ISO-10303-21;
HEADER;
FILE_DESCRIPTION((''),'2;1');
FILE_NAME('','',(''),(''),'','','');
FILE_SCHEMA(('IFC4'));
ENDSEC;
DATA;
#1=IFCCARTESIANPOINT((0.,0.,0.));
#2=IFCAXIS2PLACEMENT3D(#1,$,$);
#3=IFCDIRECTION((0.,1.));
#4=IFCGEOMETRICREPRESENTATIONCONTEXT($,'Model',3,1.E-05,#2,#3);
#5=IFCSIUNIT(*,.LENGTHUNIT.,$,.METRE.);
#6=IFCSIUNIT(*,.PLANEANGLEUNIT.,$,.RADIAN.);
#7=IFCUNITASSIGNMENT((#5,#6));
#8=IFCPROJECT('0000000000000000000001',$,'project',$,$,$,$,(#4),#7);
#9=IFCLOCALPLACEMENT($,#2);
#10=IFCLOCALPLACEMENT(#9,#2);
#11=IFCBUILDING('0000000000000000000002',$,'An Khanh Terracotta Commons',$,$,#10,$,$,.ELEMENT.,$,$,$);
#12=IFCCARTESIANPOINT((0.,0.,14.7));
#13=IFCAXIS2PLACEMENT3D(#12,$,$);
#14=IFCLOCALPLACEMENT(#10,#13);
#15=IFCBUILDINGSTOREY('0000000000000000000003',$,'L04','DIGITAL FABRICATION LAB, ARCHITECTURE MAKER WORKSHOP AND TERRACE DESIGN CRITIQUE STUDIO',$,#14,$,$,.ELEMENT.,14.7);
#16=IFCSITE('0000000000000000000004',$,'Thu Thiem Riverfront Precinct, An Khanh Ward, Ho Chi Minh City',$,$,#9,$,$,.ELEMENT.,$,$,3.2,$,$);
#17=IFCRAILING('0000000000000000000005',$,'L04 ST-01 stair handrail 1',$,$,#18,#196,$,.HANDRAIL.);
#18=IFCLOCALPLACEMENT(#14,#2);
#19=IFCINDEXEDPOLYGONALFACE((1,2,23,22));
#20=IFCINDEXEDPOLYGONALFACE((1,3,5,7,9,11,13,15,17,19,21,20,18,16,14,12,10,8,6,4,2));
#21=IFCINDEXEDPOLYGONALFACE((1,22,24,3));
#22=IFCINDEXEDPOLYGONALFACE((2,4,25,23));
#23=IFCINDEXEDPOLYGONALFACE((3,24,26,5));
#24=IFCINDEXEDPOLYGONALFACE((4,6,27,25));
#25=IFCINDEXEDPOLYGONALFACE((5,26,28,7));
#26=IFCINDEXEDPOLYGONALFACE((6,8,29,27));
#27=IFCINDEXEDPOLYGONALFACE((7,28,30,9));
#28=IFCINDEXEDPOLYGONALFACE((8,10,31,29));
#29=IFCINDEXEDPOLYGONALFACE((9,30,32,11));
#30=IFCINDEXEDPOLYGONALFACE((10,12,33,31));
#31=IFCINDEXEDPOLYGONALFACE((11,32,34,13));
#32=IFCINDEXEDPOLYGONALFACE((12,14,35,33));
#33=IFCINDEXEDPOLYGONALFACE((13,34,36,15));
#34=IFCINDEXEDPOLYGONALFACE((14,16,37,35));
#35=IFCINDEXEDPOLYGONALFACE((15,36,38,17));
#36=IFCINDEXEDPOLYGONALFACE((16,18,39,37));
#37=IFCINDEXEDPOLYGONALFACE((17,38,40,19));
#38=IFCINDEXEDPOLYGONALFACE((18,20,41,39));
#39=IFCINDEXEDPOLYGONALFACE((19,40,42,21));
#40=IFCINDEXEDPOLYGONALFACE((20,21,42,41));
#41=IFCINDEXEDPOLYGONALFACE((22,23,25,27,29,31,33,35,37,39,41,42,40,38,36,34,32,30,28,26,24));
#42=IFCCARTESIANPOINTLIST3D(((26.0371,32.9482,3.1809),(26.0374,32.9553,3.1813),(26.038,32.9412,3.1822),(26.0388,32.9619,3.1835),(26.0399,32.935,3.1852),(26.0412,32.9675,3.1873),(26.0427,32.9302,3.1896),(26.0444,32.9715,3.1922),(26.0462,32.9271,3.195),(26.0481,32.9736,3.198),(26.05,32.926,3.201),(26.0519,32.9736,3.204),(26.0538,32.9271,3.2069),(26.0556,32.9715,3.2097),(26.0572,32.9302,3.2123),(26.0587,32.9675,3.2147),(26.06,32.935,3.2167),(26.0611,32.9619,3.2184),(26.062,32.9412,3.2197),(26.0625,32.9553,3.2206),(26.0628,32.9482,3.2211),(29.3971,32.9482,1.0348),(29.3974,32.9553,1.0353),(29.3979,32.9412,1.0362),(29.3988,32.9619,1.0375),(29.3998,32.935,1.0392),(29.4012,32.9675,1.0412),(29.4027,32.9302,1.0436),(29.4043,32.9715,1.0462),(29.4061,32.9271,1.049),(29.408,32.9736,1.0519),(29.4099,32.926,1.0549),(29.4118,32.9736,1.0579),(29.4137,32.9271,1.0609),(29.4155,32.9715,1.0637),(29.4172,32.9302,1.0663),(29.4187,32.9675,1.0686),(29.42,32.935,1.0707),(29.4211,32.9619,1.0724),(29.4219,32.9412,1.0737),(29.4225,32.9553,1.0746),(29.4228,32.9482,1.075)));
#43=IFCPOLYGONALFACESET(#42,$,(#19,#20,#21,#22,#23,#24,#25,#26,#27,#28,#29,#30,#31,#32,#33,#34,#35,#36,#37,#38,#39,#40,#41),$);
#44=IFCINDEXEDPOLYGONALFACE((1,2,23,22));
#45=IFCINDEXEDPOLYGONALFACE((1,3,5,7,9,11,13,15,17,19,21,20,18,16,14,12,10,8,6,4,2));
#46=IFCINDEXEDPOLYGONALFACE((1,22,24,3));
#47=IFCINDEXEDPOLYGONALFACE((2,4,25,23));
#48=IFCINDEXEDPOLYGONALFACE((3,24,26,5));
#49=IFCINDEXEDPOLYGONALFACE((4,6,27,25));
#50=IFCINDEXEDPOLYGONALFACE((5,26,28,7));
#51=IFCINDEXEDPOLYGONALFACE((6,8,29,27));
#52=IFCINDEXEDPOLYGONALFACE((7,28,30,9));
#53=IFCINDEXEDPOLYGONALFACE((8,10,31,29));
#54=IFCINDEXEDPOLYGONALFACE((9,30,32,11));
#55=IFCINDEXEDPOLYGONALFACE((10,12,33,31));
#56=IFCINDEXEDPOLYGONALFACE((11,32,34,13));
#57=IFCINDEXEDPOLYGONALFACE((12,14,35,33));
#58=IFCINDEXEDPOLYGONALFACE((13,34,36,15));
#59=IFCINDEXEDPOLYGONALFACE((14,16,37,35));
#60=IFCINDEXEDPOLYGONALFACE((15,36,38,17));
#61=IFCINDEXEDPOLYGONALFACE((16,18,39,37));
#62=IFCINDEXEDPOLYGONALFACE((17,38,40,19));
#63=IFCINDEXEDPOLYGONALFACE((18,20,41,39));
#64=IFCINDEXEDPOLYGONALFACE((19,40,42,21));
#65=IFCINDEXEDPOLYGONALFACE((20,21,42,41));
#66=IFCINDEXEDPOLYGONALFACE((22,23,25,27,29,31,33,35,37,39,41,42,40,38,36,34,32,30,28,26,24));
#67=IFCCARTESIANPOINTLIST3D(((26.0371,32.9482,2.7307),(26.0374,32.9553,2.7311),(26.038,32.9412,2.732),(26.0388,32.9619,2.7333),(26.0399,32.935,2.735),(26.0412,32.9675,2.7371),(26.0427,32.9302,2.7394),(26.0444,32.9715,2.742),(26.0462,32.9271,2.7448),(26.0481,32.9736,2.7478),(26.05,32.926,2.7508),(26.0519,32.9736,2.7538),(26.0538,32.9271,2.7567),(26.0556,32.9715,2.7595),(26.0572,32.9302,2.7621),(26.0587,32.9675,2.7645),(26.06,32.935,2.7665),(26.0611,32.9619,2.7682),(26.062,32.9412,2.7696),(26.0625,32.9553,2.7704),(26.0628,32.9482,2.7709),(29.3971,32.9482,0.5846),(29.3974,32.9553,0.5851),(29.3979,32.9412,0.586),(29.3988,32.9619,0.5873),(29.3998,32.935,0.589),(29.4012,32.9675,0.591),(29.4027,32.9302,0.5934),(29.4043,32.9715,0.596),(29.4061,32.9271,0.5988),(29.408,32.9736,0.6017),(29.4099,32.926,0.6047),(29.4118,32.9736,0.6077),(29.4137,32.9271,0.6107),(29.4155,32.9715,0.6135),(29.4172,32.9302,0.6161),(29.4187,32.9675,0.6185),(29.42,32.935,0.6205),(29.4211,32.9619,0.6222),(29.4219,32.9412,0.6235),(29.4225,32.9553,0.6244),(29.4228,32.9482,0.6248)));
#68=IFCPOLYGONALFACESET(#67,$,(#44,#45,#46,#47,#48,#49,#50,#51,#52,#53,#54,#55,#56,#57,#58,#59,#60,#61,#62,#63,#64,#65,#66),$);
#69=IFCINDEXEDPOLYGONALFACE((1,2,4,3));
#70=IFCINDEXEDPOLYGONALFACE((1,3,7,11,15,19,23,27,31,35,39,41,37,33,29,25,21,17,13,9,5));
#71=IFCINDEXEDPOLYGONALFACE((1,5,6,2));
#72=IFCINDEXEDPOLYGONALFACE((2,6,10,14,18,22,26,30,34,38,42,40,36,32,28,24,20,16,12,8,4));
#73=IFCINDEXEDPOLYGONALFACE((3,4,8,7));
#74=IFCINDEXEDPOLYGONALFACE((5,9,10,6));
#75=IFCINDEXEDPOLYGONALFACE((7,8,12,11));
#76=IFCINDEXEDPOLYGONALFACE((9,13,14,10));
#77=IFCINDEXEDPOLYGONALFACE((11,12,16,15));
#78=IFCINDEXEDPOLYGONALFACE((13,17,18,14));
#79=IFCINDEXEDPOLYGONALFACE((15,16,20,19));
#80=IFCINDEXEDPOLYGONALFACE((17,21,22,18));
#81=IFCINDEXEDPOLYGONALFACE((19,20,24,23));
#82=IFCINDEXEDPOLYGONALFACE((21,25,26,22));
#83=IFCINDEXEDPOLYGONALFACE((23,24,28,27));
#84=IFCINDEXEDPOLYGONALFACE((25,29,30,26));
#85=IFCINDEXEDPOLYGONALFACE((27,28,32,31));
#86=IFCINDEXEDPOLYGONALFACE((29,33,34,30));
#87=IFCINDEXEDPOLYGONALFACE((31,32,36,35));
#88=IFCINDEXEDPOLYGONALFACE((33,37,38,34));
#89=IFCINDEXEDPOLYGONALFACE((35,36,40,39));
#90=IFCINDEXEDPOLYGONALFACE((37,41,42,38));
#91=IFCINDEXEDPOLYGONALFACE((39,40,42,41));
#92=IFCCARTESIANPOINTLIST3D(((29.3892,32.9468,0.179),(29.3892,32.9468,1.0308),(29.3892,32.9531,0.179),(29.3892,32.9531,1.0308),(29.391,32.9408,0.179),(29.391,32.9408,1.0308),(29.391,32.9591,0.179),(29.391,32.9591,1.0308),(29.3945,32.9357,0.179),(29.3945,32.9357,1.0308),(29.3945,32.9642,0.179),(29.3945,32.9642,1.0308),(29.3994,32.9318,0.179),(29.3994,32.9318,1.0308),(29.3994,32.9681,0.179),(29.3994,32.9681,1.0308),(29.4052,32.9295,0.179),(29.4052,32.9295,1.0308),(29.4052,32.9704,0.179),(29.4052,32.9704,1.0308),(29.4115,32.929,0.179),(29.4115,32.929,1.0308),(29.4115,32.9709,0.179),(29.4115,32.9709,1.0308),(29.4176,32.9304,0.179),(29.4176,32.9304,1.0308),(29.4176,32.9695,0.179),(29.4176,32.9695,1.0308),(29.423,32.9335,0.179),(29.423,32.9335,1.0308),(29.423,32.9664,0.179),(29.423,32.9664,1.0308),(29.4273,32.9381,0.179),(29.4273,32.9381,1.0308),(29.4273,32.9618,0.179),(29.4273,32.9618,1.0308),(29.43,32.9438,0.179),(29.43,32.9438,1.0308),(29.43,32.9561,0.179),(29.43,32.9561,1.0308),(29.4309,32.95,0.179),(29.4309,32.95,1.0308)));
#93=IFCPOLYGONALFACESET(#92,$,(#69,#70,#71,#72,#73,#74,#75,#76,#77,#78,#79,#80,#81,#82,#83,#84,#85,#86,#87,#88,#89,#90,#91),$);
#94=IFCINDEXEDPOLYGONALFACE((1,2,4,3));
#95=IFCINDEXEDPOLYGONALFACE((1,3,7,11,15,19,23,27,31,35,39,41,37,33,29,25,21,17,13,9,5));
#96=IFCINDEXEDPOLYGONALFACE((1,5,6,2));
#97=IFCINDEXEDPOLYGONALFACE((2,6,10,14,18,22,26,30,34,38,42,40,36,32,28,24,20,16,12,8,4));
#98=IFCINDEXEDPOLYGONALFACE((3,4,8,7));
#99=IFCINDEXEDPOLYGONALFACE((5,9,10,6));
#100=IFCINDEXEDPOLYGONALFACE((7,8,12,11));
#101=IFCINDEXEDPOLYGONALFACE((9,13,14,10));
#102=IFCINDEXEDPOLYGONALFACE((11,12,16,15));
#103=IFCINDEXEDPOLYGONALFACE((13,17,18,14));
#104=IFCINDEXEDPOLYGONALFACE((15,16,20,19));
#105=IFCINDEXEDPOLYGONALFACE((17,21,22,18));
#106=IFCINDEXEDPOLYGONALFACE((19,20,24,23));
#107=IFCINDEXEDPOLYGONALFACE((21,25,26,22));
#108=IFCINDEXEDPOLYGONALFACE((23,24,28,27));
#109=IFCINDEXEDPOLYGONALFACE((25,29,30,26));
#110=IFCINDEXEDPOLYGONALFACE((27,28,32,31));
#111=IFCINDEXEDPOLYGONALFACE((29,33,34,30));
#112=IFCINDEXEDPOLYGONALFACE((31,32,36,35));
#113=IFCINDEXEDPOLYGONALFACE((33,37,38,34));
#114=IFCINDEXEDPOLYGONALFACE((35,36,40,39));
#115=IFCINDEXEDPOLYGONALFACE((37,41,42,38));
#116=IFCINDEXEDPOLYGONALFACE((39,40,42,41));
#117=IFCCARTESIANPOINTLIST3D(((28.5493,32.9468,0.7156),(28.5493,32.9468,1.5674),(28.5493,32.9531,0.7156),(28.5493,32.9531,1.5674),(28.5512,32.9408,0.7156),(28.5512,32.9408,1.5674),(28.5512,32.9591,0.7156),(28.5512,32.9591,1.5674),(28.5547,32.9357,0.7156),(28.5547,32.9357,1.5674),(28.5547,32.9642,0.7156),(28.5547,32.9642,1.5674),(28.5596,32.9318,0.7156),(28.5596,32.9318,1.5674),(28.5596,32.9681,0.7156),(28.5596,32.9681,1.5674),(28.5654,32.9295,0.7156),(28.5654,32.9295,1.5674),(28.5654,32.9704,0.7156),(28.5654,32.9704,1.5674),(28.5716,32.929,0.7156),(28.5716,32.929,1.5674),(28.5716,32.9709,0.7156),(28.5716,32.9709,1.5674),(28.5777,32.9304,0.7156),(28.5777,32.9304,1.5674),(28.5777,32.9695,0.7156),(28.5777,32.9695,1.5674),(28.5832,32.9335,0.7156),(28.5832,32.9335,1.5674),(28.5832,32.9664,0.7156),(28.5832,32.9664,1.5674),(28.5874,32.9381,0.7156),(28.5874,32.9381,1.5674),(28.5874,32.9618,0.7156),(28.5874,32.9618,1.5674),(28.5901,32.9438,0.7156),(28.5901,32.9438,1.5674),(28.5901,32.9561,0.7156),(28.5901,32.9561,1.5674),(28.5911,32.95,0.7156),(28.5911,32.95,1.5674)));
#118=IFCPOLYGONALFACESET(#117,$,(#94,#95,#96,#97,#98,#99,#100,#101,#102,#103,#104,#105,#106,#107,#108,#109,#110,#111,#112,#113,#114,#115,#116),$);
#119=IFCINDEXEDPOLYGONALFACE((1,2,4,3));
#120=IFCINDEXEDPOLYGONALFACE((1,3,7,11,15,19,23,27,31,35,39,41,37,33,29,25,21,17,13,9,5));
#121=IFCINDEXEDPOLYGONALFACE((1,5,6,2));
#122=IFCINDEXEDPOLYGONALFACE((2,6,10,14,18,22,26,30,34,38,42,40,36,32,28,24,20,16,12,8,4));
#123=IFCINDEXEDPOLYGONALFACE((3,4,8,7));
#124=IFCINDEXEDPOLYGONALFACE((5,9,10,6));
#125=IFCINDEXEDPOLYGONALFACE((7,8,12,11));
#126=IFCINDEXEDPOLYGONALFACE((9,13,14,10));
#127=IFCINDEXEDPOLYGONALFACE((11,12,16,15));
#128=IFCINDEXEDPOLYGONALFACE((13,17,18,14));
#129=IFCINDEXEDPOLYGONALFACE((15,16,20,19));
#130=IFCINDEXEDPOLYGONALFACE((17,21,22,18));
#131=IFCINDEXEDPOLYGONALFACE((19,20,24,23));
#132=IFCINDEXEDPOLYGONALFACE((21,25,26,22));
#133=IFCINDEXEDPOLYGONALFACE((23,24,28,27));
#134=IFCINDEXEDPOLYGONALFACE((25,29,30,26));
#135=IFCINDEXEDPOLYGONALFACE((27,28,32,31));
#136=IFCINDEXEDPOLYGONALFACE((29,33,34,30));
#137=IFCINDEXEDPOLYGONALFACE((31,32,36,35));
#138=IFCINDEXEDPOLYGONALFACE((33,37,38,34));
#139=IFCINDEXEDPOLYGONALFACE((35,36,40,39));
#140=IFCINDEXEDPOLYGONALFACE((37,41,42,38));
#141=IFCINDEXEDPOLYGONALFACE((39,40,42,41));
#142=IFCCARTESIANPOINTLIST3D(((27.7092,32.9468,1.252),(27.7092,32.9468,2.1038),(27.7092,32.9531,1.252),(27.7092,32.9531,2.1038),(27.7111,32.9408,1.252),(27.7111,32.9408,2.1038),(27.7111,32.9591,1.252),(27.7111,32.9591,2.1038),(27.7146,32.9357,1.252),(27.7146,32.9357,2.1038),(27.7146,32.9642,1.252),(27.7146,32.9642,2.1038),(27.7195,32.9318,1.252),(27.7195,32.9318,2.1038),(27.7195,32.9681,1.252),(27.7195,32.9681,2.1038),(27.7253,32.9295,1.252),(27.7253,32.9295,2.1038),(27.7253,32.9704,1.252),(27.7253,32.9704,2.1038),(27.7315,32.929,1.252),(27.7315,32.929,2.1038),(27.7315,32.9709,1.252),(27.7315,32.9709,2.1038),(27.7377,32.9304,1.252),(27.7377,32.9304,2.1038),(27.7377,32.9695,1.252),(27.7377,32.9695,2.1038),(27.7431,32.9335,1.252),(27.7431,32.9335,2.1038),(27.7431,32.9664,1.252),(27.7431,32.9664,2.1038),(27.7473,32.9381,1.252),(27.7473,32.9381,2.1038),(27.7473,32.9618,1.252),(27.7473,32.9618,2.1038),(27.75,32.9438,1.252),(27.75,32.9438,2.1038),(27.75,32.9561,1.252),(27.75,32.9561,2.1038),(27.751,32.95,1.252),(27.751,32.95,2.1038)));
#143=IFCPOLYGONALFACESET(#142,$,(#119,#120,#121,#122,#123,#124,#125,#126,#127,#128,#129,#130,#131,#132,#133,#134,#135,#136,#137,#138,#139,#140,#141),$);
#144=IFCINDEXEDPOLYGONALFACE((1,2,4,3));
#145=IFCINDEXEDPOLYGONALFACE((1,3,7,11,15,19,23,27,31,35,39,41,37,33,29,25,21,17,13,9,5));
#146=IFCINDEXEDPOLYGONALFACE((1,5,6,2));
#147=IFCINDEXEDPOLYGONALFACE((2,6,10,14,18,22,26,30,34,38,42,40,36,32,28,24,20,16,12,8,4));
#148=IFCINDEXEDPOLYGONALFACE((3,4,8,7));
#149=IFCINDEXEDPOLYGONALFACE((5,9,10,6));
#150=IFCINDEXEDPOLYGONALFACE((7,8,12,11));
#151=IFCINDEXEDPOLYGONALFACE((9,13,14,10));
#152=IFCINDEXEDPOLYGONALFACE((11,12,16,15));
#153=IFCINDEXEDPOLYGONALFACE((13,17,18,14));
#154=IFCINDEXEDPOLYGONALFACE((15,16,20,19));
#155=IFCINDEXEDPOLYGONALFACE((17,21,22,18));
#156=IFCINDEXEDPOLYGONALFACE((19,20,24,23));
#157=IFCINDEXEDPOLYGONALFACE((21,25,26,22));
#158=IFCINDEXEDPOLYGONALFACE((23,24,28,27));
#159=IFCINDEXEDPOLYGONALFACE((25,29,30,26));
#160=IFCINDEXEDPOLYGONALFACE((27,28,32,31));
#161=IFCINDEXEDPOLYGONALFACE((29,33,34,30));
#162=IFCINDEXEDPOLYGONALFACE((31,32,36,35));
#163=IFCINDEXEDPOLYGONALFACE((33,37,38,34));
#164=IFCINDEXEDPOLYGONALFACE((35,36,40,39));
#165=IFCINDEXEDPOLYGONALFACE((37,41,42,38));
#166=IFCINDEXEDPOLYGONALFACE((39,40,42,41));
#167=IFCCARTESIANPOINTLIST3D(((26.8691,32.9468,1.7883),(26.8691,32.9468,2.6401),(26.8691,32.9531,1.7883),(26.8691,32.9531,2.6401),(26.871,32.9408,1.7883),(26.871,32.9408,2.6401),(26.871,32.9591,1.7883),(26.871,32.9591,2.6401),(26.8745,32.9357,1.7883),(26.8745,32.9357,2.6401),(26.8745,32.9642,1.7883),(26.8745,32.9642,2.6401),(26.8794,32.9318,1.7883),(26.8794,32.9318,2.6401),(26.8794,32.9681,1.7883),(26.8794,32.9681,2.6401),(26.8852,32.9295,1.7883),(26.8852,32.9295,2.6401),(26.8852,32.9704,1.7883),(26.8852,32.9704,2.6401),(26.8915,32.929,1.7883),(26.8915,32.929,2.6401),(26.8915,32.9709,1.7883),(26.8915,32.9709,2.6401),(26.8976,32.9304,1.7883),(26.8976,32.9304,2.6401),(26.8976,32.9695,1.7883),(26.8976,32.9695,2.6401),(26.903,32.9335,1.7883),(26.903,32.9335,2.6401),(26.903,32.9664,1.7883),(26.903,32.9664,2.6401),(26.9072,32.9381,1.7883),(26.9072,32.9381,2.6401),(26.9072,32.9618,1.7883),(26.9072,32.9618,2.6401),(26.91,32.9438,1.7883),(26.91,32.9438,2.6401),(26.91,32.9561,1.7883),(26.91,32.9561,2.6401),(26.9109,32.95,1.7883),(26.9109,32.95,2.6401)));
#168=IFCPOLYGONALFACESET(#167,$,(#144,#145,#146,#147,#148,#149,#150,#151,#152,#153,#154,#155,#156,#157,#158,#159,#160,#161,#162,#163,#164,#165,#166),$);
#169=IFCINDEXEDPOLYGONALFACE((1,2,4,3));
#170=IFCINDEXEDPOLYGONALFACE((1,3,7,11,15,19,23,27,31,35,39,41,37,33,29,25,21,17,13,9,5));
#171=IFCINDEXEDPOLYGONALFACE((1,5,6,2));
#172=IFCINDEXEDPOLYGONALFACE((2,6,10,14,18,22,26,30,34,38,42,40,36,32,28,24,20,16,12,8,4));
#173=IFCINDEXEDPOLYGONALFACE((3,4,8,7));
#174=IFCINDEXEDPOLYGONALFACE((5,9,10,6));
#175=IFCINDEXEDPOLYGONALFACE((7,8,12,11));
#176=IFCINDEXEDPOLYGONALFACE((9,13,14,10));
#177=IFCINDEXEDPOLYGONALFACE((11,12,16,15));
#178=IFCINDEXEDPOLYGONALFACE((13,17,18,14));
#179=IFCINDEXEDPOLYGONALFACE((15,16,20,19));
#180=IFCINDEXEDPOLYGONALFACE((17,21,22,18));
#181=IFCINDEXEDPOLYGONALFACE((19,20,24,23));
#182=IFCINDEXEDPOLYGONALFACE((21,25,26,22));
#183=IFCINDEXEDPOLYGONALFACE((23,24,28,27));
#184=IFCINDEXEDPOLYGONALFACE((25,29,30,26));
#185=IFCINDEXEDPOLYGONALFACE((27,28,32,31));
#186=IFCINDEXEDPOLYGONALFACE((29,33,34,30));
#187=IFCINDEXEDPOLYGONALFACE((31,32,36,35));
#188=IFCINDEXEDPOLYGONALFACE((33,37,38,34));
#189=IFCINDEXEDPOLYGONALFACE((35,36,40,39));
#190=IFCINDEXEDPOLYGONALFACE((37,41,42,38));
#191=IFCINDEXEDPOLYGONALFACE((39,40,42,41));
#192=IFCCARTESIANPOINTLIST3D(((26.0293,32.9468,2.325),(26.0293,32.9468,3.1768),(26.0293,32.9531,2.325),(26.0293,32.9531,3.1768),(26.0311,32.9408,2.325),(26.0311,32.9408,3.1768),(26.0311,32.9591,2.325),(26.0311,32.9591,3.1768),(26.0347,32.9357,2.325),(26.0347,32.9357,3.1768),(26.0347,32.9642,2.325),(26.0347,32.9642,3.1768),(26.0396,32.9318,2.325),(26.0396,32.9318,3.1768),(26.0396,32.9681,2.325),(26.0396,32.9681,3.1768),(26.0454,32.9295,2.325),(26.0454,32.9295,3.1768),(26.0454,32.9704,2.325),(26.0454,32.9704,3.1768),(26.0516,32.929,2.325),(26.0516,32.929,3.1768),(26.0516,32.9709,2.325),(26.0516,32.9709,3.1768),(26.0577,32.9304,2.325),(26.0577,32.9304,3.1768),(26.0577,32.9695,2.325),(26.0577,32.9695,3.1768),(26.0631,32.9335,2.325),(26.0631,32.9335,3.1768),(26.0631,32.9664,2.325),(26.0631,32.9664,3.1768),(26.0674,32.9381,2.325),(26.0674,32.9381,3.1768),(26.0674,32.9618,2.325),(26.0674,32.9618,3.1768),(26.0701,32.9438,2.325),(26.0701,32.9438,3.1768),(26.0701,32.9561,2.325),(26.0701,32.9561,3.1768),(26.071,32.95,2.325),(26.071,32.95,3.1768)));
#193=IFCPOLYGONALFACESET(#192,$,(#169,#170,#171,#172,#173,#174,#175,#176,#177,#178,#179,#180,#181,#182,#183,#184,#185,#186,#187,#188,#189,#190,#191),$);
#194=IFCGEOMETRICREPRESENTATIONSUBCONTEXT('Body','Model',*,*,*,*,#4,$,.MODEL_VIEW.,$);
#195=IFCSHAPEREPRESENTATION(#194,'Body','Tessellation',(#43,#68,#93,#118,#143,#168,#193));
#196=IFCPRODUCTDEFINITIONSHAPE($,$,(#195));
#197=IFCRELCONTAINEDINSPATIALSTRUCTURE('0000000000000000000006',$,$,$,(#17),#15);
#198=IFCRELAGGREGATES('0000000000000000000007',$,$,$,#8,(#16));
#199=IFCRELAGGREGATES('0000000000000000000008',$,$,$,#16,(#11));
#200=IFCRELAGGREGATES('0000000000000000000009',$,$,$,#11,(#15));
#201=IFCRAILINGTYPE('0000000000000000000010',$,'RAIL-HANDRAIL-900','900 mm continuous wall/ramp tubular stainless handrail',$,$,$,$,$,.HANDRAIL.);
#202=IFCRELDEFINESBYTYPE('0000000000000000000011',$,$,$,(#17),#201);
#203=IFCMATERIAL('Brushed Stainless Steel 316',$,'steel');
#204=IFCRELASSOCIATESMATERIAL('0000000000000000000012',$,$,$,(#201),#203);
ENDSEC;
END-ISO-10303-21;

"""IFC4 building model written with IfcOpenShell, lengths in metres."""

from ifc_helpers import new_model, si_unit, direction, frame, origin, origin_2d, place, context, subcontext, project, spatial, circle, extrude, material, type_object, element, save


model = new_model("IFC4")

# Units and contexts
model_context = context("Model", 3, precision=1e-05, world=origin(), true_north=direction((0.0, 1.0)))
body_context = subcontext(model_context, "Body", "Model", "MODEL_VIEW")
ifc_project = project(units=[si_unit("LENGTHUNIT", "METRE"), si_unit("PLANEANGLEUNIT", "RADIAN")], contexts=[model_context])

# Site, building, storey
site_placement = place(None, origin())
site = spatial("IfcSite", under=ifc_project, at=site_placement, Name="Thu Thiem Riverfront Precinct, An Khanh Ward, Ho Chi Minh City", CompositionType="ELEMENT", RefElevation=3.2)
building_placement = place(site_placement, origin())
building = spatial("IfcBuilding", under=site, at=building_placement, Name="An Khanh Terracotta Commons", CompositionType="ELEMENT")
storey_placement = place(building_placement, frame((0.0, 0.0, 14.7)))
storey = spatial("IfcBuildingStorey", under=building, at=storey_placement, Name="L04", Description="DIGITAL FABRICATION LAB, ARCHITECTURE MAKER WORKSHOP AND TERRACE DESIGN CRITIQUE STUDIO", CompositionType="ELEMENT", Elevation=14.7)

# Railing
ifc_material_1 = material(Name="Brushed Stainless Steel 316", Category="steel")
railing_type_1 = type_object("IfcRailingType", Name="RAIL-HANDRAIL-900", Description="900 mm continuous wall/ramp tubular stainless handrail", PredefinedType="HANDRAIL", material=ifc_material_1)
railing_1_placement = place(storey_placement, frame((29.4099, 32.95, 0.179)))
element("IfcRailing", 1, at=railing_1_placement, inside=storey, type_object=railing_type_1, Name="L04 ST-01 stair handrail 1", PredefinedType="HANDRAIL", context=body_context, shape_type="SweptSolid", body=[
    extrude(circle(Radius=0.0239, at=origin_2d()), frame((0.0, 0.0, 0.876), z_axis=(-0.842763, 0.0, 0.538285), x_axis=(0.0, -1.0, 0.0)), (0.0, 0.0, 1.0), 3.9868),
    extrude(circle(Radius=0.0239, at=origin_2d()), frame((0.0, 0.0, 0.4258), z_axis=(-0.842763, 0.0, 0.538285), x_axis=(0.0, -1.0, 0.0)), (0.0, 0.0, 1.0), 3.9868),
    extrude(circle(Radius=0.021, at=origin_2d()), origin(), (0.0, 0.0, 1.0), 0.8518),
    extrude(circle(Radius=0.021, at=origin_2d()), frame((-0.8398, 0.0, 0.5366)), (0.0, 0.0, 1.0), 0.8518),
    extrude(circle(Radius=0.021, at=origin_2d()), frame((-1.6799, 0.0, 1.073)), (0.0, 0.0, 1.0), 0.8518),
    extrude(circle(Radius=0.021, at=origin_2d()), frame((-2.52, 0.0, 1.6094)), (0.0, 0.0, 1.0), 0.8518),
    extrude(circle(Radius=0.021, at=origin_2d()), frame((-3.3599, 0.0, 2.146)), (0.0, 0.0, 1.0), 0.8518),
])

save(model, "model.ifc")
